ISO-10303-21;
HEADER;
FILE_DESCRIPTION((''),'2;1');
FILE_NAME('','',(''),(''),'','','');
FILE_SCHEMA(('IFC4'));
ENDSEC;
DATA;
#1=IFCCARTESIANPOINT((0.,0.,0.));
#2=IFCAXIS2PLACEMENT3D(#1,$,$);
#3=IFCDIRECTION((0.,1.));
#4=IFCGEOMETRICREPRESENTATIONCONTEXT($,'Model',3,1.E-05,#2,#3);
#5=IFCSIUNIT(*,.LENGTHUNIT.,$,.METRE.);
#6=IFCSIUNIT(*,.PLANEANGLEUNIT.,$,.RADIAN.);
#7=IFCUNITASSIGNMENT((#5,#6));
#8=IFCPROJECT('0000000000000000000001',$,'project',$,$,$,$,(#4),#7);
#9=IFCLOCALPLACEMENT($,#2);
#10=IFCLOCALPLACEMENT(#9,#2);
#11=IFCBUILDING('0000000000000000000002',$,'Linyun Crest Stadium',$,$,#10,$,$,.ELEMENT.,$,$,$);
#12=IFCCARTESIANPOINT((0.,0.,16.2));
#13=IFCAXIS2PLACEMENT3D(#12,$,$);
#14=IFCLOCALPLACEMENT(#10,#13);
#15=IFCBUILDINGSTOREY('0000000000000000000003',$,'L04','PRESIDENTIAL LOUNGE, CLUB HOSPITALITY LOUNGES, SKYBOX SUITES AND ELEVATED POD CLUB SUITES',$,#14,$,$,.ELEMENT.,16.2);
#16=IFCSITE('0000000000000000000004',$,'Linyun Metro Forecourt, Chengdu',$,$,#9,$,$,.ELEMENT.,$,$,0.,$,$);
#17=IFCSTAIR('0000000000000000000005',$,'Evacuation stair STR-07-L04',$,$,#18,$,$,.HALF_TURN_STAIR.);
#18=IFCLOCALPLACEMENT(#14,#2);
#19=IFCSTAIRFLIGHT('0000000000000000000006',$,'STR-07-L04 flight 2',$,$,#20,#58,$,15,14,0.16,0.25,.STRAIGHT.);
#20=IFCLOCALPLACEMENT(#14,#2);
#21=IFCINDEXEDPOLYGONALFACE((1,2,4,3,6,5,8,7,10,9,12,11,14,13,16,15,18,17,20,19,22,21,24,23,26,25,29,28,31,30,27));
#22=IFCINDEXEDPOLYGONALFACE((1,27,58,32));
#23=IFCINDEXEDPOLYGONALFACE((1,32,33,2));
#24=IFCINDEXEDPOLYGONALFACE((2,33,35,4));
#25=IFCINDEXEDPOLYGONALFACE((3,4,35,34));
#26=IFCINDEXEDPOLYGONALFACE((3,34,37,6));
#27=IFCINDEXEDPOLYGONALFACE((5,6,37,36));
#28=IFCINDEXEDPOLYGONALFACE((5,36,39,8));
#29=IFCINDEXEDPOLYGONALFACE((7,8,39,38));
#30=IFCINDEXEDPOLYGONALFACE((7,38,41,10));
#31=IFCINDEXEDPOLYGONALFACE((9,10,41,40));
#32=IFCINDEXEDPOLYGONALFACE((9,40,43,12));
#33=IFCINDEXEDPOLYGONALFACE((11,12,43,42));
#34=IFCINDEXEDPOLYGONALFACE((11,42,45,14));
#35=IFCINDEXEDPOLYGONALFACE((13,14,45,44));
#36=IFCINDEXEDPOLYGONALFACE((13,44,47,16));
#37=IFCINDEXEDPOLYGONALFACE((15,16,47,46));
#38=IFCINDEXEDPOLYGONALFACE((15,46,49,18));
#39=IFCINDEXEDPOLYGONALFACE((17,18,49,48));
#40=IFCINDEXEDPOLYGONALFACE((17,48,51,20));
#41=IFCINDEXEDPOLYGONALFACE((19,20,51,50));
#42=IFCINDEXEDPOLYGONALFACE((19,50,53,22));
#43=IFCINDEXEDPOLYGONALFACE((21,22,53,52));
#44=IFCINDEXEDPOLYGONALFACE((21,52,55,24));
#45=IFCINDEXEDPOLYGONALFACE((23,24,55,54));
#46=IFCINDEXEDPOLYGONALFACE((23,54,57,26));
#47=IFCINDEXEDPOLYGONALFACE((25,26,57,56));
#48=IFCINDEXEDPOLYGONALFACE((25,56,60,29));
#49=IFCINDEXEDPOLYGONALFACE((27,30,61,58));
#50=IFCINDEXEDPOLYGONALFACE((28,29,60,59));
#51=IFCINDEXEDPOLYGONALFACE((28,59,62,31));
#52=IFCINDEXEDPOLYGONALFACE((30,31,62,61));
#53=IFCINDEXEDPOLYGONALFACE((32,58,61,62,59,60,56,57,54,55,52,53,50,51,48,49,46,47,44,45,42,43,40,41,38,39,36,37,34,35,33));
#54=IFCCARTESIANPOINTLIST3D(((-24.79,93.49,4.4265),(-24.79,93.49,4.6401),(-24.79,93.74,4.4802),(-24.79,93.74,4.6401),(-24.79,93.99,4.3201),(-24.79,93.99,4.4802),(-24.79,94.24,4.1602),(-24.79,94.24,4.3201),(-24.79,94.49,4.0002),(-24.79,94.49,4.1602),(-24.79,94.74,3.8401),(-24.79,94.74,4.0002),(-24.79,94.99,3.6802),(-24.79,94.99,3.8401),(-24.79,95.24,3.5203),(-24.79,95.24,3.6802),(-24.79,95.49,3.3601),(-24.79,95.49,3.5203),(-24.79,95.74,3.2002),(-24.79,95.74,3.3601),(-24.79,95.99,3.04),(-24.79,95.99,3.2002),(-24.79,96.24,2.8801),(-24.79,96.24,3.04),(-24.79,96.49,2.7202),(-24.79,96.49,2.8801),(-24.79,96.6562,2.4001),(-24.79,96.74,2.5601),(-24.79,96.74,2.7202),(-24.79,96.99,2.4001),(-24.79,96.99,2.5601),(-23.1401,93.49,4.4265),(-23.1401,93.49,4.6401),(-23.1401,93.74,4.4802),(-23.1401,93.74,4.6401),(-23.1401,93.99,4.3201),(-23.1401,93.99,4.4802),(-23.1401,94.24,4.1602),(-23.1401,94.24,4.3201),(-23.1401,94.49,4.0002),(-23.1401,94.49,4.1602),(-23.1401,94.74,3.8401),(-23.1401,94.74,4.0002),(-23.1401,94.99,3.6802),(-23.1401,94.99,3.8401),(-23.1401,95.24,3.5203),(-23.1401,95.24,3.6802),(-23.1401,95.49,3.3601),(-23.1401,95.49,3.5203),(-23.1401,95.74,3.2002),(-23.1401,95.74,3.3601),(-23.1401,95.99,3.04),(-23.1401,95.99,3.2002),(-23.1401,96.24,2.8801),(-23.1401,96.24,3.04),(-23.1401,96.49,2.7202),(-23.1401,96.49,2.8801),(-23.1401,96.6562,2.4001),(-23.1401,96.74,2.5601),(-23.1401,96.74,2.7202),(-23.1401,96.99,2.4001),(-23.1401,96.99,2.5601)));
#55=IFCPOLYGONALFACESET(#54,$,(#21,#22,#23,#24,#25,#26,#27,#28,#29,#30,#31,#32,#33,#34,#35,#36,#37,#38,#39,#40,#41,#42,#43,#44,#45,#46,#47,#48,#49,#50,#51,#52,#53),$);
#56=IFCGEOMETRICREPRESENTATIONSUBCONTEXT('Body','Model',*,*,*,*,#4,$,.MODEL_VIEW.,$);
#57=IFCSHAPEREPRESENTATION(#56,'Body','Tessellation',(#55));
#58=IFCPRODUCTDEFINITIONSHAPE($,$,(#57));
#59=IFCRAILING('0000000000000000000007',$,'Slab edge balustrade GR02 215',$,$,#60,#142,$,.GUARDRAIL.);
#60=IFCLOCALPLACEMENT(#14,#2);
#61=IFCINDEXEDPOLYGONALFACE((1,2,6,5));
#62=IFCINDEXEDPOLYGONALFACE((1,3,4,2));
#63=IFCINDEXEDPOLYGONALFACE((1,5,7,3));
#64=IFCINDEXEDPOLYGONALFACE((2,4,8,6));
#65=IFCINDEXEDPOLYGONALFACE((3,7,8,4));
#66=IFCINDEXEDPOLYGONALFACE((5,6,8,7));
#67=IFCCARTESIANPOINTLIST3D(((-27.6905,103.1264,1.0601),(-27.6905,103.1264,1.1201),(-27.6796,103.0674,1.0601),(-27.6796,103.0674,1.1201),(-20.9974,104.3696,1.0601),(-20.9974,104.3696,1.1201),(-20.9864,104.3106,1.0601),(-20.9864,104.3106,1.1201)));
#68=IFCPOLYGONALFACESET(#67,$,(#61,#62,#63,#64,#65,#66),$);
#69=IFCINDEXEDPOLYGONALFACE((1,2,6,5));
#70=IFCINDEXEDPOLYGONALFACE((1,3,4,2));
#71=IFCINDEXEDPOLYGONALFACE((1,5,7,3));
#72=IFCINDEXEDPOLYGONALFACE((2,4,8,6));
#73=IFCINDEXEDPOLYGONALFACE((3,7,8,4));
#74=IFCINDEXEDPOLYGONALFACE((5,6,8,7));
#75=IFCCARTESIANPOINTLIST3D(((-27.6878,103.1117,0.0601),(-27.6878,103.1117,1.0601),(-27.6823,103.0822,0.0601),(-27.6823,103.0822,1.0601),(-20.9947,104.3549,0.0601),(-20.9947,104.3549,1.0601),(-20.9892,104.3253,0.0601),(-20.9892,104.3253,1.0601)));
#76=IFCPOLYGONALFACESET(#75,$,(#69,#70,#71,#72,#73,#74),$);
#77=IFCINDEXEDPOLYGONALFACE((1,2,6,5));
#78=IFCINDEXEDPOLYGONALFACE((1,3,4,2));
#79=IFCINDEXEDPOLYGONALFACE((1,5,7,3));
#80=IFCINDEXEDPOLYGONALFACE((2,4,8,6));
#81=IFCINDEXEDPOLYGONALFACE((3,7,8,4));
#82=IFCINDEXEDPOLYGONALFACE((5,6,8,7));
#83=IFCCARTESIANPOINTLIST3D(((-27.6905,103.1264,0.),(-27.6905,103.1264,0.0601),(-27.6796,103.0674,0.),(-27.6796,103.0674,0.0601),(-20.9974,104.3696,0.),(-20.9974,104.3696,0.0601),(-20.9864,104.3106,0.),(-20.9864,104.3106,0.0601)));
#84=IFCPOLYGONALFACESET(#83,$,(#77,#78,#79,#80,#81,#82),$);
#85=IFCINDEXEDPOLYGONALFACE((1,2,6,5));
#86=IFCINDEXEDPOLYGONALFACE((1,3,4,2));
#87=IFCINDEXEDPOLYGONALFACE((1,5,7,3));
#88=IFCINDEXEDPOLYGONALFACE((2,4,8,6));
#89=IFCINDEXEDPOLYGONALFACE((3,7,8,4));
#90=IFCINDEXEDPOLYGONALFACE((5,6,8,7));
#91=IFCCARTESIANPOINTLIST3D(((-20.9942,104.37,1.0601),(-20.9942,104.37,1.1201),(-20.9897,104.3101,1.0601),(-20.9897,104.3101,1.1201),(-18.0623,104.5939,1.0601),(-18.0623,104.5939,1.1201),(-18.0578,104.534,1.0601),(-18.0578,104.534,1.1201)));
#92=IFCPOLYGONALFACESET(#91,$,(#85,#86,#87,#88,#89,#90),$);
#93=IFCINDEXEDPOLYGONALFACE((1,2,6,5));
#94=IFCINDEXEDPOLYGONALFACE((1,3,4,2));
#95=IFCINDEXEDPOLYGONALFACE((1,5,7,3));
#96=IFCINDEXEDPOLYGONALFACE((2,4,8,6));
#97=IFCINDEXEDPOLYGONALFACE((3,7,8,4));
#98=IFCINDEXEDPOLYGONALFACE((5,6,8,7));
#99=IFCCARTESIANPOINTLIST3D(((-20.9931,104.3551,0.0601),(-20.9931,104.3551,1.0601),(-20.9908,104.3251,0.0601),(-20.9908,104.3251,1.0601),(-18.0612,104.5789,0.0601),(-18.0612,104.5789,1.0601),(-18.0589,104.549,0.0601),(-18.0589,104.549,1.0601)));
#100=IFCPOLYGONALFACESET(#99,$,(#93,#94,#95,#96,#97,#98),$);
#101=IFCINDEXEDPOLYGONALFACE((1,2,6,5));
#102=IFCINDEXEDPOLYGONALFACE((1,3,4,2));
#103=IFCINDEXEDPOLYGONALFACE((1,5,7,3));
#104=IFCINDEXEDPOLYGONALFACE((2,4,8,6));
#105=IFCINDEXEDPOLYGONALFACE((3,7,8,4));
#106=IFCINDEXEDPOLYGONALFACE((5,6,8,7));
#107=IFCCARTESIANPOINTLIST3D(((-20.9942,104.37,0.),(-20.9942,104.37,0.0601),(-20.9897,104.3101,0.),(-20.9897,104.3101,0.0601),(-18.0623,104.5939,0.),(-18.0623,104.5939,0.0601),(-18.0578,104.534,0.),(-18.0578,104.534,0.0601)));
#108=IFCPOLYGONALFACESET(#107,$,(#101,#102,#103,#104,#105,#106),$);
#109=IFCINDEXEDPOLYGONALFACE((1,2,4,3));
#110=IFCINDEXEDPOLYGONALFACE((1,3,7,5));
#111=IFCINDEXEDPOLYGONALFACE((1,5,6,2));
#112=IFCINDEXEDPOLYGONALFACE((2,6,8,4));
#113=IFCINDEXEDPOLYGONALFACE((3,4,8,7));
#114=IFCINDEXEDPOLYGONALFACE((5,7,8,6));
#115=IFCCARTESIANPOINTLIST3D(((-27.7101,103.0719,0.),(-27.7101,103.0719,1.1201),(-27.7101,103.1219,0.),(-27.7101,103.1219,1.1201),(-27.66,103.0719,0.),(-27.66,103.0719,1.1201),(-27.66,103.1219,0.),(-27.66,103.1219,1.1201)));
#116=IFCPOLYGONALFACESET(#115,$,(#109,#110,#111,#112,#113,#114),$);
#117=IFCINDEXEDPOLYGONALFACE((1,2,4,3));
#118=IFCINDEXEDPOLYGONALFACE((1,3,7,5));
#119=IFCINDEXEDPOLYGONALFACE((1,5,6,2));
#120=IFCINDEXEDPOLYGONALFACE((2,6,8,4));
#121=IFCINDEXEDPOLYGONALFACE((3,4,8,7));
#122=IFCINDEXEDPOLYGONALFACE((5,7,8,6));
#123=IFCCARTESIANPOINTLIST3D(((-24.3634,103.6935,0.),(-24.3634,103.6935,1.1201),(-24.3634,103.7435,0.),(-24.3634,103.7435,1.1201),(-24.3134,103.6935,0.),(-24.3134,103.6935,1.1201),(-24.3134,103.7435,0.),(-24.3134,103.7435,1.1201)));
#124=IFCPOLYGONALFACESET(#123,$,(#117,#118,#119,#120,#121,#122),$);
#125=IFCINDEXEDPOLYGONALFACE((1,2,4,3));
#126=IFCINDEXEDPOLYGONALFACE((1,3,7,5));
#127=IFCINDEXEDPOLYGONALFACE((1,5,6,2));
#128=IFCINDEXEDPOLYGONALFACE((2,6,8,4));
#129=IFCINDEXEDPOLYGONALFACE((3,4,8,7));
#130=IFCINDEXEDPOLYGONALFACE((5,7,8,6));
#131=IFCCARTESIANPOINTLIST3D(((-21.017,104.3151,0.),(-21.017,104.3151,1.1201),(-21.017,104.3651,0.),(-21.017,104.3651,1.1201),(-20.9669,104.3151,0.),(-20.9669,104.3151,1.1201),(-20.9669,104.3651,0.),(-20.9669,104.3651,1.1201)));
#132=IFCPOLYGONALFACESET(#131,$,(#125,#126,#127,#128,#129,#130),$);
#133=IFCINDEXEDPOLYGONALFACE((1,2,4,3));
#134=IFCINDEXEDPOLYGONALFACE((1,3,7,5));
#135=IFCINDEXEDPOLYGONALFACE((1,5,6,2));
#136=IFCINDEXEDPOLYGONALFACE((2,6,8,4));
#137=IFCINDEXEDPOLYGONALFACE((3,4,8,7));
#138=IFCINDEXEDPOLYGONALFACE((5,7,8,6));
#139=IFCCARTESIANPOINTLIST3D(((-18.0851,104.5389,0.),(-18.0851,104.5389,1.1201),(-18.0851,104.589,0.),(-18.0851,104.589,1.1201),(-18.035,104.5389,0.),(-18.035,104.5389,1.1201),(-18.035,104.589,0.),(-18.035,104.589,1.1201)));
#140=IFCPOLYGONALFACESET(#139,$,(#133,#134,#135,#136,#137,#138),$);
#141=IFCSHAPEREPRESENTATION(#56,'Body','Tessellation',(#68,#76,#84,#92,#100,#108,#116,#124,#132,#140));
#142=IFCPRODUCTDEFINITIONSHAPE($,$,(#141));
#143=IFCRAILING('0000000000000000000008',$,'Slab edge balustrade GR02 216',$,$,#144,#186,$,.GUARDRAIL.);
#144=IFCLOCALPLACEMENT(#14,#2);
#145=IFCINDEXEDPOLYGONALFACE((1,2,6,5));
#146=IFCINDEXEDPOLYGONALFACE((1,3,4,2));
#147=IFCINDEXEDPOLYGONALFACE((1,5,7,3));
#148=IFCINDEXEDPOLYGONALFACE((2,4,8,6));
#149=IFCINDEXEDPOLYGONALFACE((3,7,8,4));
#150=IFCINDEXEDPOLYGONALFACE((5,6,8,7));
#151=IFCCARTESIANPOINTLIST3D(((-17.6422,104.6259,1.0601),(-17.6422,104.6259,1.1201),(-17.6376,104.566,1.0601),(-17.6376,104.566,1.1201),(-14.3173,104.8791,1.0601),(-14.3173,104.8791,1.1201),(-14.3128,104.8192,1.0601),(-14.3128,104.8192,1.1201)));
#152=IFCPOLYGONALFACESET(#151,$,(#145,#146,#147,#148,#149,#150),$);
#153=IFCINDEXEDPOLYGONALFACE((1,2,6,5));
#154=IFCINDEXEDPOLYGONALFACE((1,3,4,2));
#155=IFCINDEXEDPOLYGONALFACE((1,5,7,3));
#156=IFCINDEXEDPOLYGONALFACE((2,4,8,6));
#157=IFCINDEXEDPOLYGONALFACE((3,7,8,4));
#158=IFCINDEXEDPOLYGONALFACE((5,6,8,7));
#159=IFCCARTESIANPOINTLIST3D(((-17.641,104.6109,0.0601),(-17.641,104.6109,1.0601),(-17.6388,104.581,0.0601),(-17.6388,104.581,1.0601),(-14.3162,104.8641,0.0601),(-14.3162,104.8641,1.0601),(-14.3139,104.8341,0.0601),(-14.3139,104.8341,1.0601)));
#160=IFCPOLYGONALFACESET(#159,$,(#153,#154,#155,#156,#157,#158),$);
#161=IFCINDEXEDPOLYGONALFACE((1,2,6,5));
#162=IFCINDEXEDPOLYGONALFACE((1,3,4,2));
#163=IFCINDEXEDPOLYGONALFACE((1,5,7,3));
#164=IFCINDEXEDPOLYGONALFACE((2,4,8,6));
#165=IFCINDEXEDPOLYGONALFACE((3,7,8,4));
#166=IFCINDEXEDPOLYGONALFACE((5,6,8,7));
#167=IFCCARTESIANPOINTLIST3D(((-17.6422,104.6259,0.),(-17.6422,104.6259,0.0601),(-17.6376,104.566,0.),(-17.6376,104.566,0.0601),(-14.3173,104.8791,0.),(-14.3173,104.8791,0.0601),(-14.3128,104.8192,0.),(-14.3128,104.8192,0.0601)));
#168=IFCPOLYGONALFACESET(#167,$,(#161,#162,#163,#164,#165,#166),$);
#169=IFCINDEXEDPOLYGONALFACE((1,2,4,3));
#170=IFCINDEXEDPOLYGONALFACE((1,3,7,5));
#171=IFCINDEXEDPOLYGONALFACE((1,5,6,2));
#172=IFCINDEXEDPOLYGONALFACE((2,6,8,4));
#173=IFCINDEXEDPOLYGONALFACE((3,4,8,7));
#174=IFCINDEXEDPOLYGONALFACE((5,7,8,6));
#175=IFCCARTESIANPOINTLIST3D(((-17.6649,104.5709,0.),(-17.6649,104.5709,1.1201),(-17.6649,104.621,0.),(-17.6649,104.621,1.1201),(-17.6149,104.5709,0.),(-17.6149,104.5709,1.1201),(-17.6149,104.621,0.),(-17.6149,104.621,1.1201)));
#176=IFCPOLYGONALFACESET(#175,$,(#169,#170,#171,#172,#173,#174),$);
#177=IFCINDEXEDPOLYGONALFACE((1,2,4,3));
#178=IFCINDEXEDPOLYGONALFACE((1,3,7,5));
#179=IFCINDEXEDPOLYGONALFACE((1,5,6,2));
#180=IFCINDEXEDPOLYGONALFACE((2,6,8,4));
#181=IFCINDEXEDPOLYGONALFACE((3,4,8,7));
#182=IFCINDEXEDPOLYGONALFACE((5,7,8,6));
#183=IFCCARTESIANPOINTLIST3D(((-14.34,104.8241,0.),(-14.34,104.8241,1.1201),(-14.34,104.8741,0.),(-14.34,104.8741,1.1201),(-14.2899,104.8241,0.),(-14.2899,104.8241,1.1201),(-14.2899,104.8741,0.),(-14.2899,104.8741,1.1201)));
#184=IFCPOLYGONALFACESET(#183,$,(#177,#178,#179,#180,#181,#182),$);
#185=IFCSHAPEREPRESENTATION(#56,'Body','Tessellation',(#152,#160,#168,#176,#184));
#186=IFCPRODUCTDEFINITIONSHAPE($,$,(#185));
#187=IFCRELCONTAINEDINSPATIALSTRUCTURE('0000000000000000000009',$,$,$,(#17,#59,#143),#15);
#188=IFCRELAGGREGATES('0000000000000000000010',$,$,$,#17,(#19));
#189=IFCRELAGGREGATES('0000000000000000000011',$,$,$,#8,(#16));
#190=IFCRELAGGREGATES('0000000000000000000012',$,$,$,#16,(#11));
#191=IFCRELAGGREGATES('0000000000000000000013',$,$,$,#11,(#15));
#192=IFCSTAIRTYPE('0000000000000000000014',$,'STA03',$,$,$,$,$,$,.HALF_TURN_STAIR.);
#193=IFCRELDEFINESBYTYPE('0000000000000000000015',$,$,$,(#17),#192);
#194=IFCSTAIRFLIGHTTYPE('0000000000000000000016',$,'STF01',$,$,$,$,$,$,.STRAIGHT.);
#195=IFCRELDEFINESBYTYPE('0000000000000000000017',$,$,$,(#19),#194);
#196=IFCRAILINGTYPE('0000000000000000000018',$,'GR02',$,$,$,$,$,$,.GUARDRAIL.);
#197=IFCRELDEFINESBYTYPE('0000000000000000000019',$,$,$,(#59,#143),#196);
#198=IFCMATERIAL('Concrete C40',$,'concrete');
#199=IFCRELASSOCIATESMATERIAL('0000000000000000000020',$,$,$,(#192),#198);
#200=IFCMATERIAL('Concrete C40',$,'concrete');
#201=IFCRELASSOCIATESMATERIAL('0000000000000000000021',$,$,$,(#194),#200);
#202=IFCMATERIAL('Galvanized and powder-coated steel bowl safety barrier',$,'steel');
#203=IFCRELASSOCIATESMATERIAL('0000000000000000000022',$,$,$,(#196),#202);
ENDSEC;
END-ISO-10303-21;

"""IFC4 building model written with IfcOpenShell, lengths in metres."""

from ifc_helpers import new_model, si_unit, direction, frame, origin, origin_2d, place, context, subcontext, project, spatial, polyline, rectangle, outline, extrude, material, type_object, element, aggregate, save


model = new_model("IFC4")

# Units and contexts
model_context = context("Model", 3, precision=1e-05, world=origin(), true_north=direction((0.0, 1.0)))
body_context = subcontext(model_context, "Body", "Model", "MODEL_VIEW")
ifc_project = project(units=[si_unit("LENGTHUNIT", "METRE"), si_unit("PLANEANGLEUNIT", "RADIAN")], contexts=[model_context])

# Site, building, storey
site_placement = place(None, origin())
site = spatial("IfcSite", under=ifc_project, at=site_placement, Name="Linyun Metro Forecourt, Chengdu", CompositionType="ELEMENT", RefElevation=0.0)
building_placement = place(site_placement, origin())
building = spatial("IfcBuilding", under=site, at=building_placement, Name="Linyun Crest Stadium", CompositionType="ELEMENT")
storey_placement = place(building_placement, frame((0.0, 0.0, 16.2)))
storey = spatial("IfcBuildingStorey", under=building, at=storey_placement, Name="L04", Description="PRESIDENTIAL LOUNGE, CLUB HOSPITALITY LOUNGES, SKYBOX SUITES AND ELEVATED POD CLUB SUITES", CompositionType="ELEMENT", Elevation=16.2)

# Stair, stair flight
ifc_material_1 = material(Name="Concrete C40", Category="concrete")
stair_type = type_object("IfcStairType", Name="STA03", PredefinedType="HALF_TURN_STAIR", material=ifc_material_1)
stair_placement = place(storey_placement, origin())
stair = element("IfcStair", 1, at=stair_placement, inside=storey, type_object=stair_type, Name="Evacuation stair STR-07-L04", PredefinedType="HALF_TURN_STAIR")
ifc_material_2 = material(Name="Concrete C40", Category="concrete")
stair_flight_type = type_object("IfcStairFlightType", Name="STF01", PredefinedType="STRAIGHT", material=ifc_material_2)
stair_flight_1_placement = place(storey_placement, frame((-23.9651, 96.99, 2.4001), z_axis=(0.0, 0.0, 1.0), x_axis=(0.0, -1.0, 0.0)))
stair_flight_1 = element("IfcStairFlight", 2, at=stair_flight_1_placement, type_object=stair_flight_type, Name="STR-07-L04 flight 2", NumberOfRisers=15, NumberOfTreads=14, PredefinedType="STRAIGHT", RiserHeight=0.16, TreadLength=0.25, context=body_context, shape_type="SweptSolid", body=[
    extrude(outline(polyline([(0.0, 0.0), (0.0, 0.1599), (0.25, 0.1599), (0.25, 0.3201), (0.5, 0.3201), (0.5, 0.48), (0.75, 0.48), (0.75, 0.6399), (1.0, 0.6399), (1.0, 0.8), (1.25, 0.8), (1.25, 0.96), (1.5, 0.96), (1.5, 1.1201), (1.75, 1.1201), (1.75, 1.28), (2.0, 1.28), (2.0, 1.4399), (2.25, 1.4399), (2.25, 1.6001), (2.5, 1.6001), (2.5, 1.76), (2.75, 1.76), (2.75, 1.9199), (3.0, 1.9199), (3.0, 2.0801), (3.25, 2.0801), (3.25, 2.24), (3.5, 2.24), (3.5, 2.3999), (3.5, 2.0264), (0.3337, 0.0), (0.0, 0.0)])), frame((0.0, 0.825, 0.0), z_axis=(0.0, -1.0, 0.0), x_axis=(1.0, 0.0, 0.0)), (0.0, 0.0, 1.0), 1.6499),
])
aggregate(stair, [stair_flight_1])

# Railings
ifc_material_3 = material(Name="Galvanized and powder-coated steel bowl safety barrier", Category="steel")
railing_type_1 = type_object("IfcRailingType", Name="GR02", PredefinedType="GUARDRAIL", material=ifc_material_3)
railing_1_placement = place(storey_placement, frame((-27.6851, 103.0969, 0.0)))
element("IfcRailing", 3, at=railing_1_placement, inside=storey, type_object=railing_type_1, Name="Slab edge balustrade GR02 215", PredefinedType="GUARDRAIL", context=body_context, shape_type="SweptSolid", body=[
    extrude(rectangle(XDim=0.0601, YDim=0.0601, at=origin_2d()), frame((0.0, 0.0, 1.0901), z_axis=(0.983185, 0.182614, 0.0), x_axis=(-0.182614, 0.983185, 0.0)), (0.0, 0.0, 1.0), 6.8076),
    extrude(rectangle(XDim=0.03, YDim=1.0, at=origin_2d()), frame((0.0, 0.0, 0.5601), z_axis=(0.983185, 0.182614, 0.0), x_axis=(-0.182614, 0.983185, 0.0)), (0.0, 0.0, 1.0), 6.8076),
    extrude(rectangle(XDim=0.0601, YDim=0.0601, at=origin_2d()), frame((0.0, 0.0, 0.03), z_axis=(0.983185, 0.182614, 0.0), x_axis=(-0.182614, 0.983185, 0.0)), (0.0, 0.0, 1.0), 6.8076),
    extrude(rectangle(XDim=0.0601, YDim=0.0601, at=origin_2d()), frame((6.6931, 1.2432, 1.0901), z_axis=(0.997097, 0.076138, 0.0), x_axis=(-0.076138, 0.997097, 0.0)), (0.0, 0.0, 1.0), 2.9404),
    extrude(rectangle(XDim=0.03, YDim=1.0, at=origin_2d()), frame((6.6931, 1.2432, 0.5601), z_axis=(0.997097, 0.076138, 0.0), x_axis=(-0.076138, 0.997097, 0.0)), (0.0, 0.0, 1.0), 2.9404),
    extrude(rectangle(XDim=0.0601, YDim=0.0601, at=origin_2d()), frame((6.6931, 1.2432, 0.03), z_axis=(0.997097, 0.076138, 0.0), x_axis=(-0.076138, 0.997097, 0.0)), (0.0, 0.0, 1.0), 2.9404),
    extrude(rectangle(XDim=0.05, YDim=0.05, at=origin_2d()), origin(), (0.0, 0.0, 1.0), 1.1201),
    extrude(rectangle(XDim=0.05, YDim=0.05, at=origin_2d()), frame((3.3467, 0.6216, 0.0)), (0.0, 0.0, 1.0), 1.1201),
    extrude(rectangle(XDim=0.05, YDim=0.05, at=origin_2d()), frame((6.6931, 1.2432, 0.0)), (0.0, 0.0, 1.0), 1.1201),
    extrude(rectangle(XDim=0.05, YDim=0.05, at=origin_2d()), frame((9.625, 1.467, 0.0)), (0.0, 0.0, 1.0), 1.1201),
])
railing_2_placement = place(storey_placement, frame((-17.6399, 104.5959, 0.0)))
element("IfcRailing", 4, at=railing_2_placement, inside=storey, type_object=railing_type_1, Name="Slab edge balustrade GR02 216", PredefinedType="GUARDRAIL", context=body_context, shape_type="SweptSolid", body=[
    extrude(rectangle(XDim=0.0601, YDim=0.0601, at=origin_2d()), frame((0.0, 0.0, 1.0901), z_axis=(0.997114, 0.075924, 0.0), x_axis=(-0.075924, 0.997114, 0.0)), (0.0, 0.0, 1.0), 3.3345),
    extrude(rectangle(XDim=0.03, YDim=1.0, at=origin_2d()), frame((0.0, 0.0, 0.5601), z_axis=(0.997114, 0.075924, 0.0), x_axis=(-0.075924, 0.997114, 0.0)), (0.0, 0.0, 1.0), 3.3345),
    extrude(rectangle(XDim=0.0601, YDim=0.0601, at=origin_2d()), frame((0.0, 0.0, 0.03), z_axis=(0.997114, 0.075924, 0.0), x_axis=(-0.075924, 0.997114, 0.0)), (0.0, 0.0, 1.0), 3.3345),
    extrude(rectangle(XDim=0.05, YDim=0.05, at=origin_2d()), origin(), (0.0, 0.0, 1.0), 1.1201),
    extrude(rectangle(XDim=0.05, YDim=0.05, at=origin_2d()), frame((3.325, 0.2532, 0.0)), (0.0, 0.0, 1.0), 1.1201),
])

save(model, "model.ifc")
